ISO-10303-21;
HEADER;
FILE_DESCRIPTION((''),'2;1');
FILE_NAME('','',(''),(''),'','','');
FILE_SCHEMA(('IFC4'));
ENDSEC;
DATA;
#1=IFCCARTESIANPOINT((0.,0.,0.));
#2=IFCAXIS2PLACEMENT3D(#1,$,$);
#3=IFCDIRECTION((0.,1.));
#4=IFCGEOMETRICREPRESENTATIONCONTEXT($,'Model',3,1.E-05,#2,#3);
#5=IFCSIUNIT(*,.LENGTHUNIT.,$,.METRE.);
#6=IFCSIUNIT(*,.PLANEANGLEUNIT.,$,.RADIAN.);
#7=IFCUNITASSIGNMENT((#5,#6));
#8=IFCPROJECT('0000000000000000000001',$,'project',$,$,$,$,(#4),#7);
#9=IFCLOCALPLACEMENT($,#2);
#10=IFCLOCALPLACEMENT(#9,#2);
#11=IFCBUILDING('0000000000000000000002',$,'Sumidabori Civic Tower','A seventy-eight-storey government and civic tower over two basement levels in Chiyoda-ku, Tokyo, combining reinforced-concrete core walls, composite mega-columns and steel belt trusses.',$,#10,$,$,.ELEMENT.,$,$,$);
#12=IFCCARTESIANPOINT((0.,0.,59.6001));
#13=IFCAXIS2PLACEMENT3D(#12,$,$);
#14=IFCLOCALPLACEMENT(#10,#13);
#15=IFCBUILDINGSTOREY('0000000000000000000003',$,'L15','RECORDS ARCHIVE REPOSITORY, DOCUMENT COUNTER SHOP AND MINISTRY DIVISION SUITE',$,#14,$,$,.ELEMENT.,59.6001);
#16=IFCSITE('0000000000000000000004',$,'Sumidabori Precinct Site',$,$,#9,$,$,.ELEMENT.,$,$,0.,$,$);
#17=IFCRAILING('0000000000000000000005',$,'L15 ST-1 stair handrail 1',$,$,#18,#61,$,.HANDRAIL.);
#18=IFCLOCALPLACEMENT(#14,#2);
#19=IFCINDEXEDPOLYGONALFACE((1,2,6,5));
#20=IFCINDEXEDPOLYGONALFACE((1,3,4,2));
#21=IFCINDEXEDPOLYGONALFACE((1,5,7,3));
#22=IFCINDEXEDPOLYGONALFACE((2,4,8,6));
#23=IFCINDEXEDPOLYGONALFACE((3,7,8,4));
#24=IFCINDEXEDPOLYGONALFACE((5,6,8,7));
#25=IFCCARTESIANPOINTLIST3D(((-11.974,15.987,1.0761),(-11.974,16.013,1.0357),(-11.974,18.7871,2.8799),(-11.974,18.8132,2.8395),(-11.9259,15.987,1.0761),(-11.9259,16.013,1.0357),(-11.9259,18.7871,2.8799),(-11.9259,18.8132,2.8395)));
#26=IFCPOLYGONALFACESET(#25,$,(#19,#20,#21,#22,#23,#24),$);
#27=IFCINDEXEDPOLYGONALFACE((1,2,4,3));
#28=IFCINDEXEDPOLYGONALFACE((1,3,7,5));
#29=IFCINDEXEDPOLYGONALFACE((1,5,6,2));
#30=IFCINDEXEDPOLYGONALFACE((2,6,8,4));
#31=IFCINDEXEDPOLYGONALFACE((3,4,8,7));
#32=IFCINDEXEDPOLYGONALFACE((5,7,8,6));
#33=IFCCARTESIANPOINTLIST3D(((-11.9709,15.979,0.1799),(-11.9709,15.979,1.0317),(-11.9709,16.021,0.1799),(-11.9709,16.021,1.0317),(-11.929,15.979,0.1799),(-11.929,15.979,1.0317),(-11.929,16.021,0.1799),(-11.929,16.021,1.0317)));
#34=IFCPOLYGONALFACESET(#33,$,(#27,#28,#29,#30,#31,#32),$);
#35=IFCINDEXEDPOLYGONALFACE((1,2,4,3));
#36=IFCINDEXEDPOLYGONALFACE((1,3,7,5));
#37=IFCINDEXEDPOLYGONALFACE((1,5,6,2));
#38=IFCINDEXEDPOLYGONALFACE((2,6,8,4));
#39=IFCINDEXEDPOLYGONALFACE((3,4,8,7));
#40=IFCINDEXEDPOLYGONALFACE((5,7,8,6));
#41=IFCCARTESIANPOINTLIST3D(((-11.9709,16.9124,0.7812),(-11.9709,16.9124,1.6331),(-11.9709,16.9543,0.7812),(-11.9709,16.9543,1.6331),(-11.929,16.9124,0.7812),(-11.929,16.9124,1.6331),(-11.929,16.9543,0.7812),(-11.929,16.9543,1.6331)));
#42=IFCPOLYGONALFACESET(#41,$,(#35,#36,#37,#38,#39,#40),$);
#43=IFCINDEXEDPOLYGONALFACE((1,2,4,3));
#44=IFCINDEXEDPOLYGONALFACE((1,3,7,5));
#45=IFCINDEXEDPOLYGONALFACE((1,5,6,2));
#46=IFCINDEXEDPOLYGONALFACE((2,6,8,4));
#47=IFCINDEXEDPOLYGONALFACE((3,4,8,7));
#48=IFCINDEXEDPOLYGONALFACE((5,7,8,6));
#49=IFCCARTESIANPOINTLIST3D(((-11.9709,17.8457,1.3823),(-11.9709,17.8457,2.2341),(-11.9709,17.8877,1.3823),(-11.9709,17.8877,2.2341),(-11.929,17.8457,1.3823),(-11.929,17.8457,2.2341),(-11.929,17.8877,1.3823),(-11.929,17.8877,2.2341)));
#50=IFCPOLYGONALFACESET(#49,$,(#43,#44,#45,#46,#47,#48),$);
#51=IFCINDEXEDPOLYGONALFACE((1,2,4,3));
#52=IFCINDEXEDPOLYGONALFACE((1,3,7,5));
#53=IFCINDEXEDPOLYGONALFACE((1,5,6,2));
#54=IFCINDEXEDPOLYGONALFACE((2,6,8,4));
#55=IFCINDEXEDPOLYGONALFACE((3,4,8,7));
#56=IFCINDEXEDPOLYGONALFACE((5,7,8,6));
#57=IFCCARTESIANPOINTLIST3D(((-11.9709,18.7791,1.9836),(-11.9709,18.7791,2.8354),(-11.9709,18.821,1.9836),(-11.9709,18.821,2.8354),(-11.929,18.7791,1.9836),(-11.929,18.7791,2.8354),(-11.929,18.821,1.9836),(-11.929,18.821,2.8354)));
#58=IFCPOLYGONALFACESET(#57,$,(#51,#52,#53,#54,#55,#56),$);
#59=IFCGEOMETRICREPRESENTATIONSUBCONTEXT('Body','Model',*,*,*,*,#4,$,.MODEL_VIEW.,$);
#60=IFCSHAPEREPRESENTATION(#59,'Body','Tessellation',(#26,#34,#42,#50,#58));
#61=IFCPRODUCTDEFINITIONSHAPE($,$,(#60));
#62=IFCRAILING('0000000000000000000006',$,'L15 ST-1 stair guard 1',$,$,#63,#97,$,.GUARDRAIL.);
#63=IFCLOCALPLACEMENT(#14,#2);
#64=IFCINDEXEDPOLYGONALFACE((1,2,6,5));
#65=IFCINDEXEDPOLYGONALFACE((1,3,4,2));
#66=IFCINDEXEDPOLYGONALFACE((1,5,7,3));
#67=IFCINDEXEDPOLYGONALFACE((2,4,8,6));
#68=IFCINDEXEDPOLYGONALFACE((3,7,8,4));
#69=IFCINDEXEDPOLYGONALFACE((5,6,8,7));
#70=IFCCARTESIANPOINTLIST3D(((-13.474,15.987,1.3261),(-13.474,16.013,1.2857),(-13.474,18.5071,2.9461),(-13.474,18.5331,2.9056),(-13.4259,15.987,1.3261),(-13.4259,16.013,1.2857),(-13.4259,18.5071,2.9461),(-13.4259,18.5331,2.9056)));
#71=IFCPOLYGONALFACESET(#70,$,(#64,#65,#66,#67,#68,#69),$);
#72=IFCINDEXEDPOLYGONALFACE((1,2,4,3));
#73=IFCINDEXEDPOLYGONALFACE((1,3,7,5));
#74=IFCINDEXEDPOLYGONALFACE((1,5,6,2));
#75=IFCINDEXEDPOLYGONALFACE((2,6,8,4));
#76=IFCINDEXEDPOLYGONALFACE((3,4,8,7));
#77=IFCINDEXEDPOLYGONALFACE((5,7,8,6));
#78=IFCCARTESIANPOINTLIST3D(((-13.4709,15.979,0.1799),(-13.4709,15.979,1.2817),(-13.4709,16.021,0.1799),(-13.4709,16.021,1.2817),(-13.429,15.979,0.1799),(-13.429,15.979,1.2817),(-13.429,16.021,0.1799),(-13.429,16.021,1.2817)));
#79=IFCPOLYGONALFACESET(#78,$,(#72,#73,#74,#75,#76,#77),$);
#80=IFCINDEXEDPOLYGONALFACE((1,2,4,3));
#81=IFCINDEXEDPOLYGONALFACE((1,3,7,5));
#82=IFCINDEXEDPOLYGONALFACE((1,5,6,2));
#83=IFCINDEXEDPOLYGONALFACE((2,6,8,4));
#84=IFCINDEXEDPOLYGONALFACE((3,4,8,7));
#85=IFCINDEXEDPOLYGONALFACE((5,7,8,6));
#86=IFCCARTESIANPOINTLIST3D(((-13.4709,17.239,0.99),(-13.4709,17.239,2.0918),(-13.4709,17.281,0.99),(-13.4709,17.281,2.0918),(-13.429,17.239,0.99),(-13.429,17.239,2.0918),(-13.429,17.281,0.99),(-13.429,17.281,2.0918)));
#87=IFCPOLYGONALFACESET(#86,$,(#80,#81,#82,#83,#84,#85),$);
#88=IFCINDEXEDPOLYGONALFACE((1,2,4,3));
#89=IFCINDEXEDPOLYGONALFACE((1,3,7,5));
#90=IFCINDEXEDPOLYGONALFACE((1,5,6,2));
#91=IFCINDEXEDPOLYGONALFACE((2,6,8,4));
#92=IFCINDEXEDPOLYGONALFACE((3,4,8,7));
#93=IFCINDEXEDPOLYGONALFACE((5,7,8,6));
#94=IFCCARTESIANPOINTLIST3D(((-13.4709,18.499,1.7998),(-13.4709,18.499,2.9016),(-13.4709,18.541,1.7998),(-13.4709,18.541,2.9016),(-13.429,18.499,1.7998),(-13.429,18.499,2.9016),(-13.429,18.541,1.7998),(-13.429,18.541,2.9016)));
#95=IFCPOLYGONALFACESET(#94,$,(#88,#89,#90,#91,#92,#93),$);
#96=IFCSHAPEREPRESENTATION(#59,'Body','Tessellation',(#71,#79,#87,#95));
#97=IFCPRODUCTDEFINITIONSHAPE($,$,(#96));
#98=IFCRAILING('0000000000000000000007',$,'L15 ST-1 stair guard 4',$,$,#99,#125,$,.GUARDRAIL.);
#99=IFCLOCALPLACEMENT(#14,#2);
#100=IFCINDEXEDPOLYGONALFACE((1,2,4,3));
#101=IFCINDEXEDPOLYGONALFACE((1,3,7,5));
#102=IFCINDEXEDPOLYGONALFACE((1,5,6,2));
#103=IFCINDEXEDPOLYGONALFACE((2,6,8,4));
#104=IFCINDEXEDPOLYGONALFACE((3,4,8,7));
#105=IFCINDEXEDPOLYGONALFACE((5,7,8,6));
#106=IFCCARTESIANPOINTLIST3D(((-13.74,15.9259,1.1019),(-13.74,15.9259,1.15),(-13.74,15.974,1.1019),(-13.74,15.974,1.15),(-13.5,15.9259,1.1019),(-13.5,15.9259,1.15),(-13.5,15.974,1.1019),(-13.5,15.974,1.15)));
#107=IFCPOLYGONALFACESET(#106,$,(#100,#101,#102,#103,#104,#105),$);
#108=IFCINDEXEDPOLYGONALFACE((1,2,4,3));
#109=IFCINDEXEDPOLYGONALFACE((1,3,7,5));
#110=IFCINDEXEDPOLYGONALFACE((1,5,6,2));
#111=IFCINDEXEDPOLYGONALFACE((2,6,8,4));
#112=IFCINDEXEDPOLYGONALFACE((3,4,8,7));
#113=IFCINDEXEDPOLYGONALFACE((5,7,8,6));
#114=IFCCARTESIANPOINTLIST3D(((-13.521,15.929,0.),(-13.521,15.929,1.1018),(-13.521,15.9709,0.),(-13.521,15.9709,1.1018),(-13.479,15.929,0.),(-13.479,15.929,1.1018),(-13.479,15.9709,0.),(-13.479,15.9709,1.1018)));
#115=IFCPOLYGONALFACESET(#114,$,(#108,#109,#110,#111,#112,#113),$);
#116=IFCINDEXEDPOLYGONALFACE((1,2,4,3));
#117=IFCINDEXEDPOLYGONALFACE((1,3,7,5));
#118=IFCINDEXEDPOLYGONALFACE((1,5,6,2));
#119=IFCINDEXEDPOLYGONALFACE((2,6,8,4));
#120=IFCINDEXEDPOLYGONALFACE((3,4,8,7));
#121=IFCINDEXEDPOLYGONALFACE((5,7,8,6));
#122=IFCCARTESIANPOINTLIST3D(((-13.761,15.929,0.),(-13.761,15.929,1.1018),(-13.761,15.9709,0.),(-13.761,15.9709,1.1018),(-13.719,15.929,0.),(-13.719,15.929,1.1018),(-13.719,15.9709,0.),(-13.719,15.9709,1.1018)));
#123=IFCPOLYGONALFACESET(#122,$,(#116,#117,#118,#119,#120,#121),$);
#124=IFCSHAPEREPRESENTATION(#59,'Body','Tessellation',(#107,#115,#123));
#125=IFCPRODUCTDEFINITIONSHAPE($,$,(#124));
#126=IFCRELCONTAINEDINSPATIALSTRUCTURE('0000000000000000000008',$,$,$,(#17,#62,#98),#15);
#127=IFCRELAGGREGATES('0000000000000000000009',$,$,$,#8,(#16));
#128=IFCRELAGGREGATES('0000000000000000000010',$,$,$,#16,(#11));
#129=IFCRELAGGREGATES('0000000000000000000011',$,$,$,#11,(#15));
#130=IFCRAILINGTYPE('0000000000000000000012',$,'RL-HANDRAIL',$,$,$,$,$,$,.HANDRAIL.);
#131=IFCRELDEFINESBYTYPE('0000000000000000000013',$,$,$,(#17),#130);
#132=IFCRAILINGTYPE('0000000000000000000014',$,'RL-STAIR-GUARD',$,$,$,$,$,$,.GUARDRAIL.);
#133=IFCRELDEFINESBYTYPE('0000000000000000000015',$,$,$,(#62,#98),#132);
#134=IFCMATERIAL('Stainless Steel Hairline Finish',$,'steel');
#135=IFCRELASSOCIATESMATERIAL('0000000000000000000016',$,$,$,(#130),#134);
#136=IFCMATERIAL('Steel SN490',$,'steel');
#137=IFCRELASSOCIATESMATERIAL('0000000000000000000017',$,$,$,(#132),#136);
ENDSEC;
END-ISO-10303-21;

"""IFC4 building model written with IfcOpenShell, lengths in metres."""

from ifc_helpers import new_model, si_unit, direction, frame, origin, origin_2d, place, context, subcontext, project, spatial, rectangle, extrude, material, type_object, element, save


model = new_model("IFC4")

# Units and contexts
model_context = context("Model", 3, precision=1e-05, world=origin(), true_north=direction((0.0, 1.0)))
body_context = subcontext(model_context, "Body", "Model", "MODEL_VIEW")
ifc_project = project(units=[si_unit("LENGTHUNIT", "METRE"), si_unit("PLANEANGLEUNIT", "RADIAN")], contexts=[model_context])

# Site, building, storey
site_placement = place(None, origin())
site = spatial("IfcSite", under=ifc_project, at=site_placement, Name="Sumidabori Precinct Site", CompositionType="ELEMENT", RefElevation=0.0)
building_placement = place(site_placement, origin())
building = spatial("IfcBuilding", under=site, at=building_placement, Name="Sumidabori Civic Tower", Description="A seventy-eight-storey government and civic tower over two basement levels in Chiyoda-ku, Tokyo, combining reinforced-concrete core walls, composite mega-columns and steel belt trusses.", CompositionType="ELEMENT")
storey_placement = place(building_placement, frame((0.0, 0.0, 59.6001)))
storey = spatial("IfcBuildingStorey", under=building, at=storey_placement, Name="L15", Description="RECORDS ARCHIVE REPOSITORY, DOCUMENT COUNTER SHOP AND MINISTRY DIVISION SUITE", CompositionType="ELEMENT", Elevation=59.6001)

# Shared definitions
ifc_material_1 = material(Name="Steel SN490", Category="steel")

# Shared definitions
ifc_material_2 = material(Name="Stainless Steel Hairline Finish", Category="steel")

# Railings
railing_type_1 = type_object("IfcRailingType", Name="RL-HANDRAIL", PredefinedType="HANDRAIL", material=ifc_material_2)
railing_1_placement = place(storey_placement, frame((-11.95, 16.0, 0.1799)))
element("IfcRailing", 1, at=railing_1_placement, inside=storey, type_object=railing_type_1, Name="L15 ST-1 stair handrail 1", PredefinedType="HANDRAIL", context=body_context, shape_type="SweptSolid", body=[
    extrude(rectangle(XDim=0.0481, YDim=0.0481, at=origin_2d()), frame((0.0, 0.0, 0.876), z_axis=(0.0, 0.840676, 0.541539), x_axis=(-1.0, 0.0, 0.0)), (0.0, 0.0, 1.0), 3.3308),
    extrude(rectangle(XDim=0.042, YDim=0.042, at=origin_2d()), origin(), (0.0, 0.0, 1.0), 0.8518),
    extrude(rectangle(XDim=0.042, YDim=0.042, at=origin_2d()), frame((0.0, 0.9333, 0.6013)), (0.0, 0.0, 1.0), 0.8518),
    extrude(rectangle(XDim=0.042, YDim=0.042, at=origin_2d()), frame((0.0, 1.8667, 1.2024)), (0.0, 0.0, 1.0), 0.8518),
    extrude(rectangle(XDim=0.042, YDim=0.042, at=origin_2d()), frame((0.0, 2.8, 1.8037)), (0.0, 0.0, 1.0), 0.8518),
])
railing_type_2 = type_object("IfcRailingType", Name="RL-STAIR-GUARD", PredefinedType="GUARDRAIL", material=ifc_material_1)
railing_2_placement = place(storey_placement, frame((-13.45, 16.0, 0.1799)))
element("IfcRailing", 2, at=railing_2_placement, inside=storey, type_object=railing_type_2, Name="L15 ST-1 stair guard 1", PredefinedType="GUARDRAIL", context=body_context, shape_type="SweptSolid", body=[
    extrude(rectangle(XDim=0.0481, YDim=0.0481, at=origin_2d()), frame((0.0, 0.0, 1.126), z_axis=(0.0, 0.8412, 0.540725), x_axis=(-1.0, 0.0, 0.0)), (0.0, 0.0, 1.0), 2.9958),
    extrude(rectangle(XDim=0.042, YDim=0.042, at=origin_2d()), origin(), (0.0, 0.0, 1.0), 1.1018),
    extrude(rectangle(XDim=0.042, YDim=0.042, at=origin_2d()), frame((0.0, 1.26, 0.8101)), (0.0, 0.0, 1.0), 1.1018),
    extrude(rectangle(XDim=0.042, YDim=0.042, at=origin_2d()), frame((0.0, 2.52, 1.6199)), (0.0, 0.0, 1.0), 1.1018),
])
railing_3_placement = place(storey_placement, frame((-13.5, 15.95, 0.0)))
element("IfcRailing", 3, at=railing_3_placement, inside=storey, type_object=railing_type_2, Name="L15 ST-1 stair guard 4", PredefinedType="GUARDRAIL", context=body_context, shape_type="SweptSolid", body=[
    extrude(rectangle(XDim=0.0481, YDim=0.0481, at=origin_2d()), frame((0.0, 0.0, 1.126), z_axis=(-1.0, 0.0, 0.0), x_axis=(0.0, -1.0, 0.0)), (0.0, 0.0, 1.0), 0.24),
    extrude(rectangle(XDim=0.042, YDim=0.042, at=origin_2d()), origin(), (0.0, 0.0, 1.0), 1.1018),
    extrude(rectangle(XDim=0.042, YDim=0.042, at=origin_2d()), frame((-0.24, 0.0, 0.0)), (0.0, 0.0, 1.0), 1.1018),
])

save(model, "model.ifc")
